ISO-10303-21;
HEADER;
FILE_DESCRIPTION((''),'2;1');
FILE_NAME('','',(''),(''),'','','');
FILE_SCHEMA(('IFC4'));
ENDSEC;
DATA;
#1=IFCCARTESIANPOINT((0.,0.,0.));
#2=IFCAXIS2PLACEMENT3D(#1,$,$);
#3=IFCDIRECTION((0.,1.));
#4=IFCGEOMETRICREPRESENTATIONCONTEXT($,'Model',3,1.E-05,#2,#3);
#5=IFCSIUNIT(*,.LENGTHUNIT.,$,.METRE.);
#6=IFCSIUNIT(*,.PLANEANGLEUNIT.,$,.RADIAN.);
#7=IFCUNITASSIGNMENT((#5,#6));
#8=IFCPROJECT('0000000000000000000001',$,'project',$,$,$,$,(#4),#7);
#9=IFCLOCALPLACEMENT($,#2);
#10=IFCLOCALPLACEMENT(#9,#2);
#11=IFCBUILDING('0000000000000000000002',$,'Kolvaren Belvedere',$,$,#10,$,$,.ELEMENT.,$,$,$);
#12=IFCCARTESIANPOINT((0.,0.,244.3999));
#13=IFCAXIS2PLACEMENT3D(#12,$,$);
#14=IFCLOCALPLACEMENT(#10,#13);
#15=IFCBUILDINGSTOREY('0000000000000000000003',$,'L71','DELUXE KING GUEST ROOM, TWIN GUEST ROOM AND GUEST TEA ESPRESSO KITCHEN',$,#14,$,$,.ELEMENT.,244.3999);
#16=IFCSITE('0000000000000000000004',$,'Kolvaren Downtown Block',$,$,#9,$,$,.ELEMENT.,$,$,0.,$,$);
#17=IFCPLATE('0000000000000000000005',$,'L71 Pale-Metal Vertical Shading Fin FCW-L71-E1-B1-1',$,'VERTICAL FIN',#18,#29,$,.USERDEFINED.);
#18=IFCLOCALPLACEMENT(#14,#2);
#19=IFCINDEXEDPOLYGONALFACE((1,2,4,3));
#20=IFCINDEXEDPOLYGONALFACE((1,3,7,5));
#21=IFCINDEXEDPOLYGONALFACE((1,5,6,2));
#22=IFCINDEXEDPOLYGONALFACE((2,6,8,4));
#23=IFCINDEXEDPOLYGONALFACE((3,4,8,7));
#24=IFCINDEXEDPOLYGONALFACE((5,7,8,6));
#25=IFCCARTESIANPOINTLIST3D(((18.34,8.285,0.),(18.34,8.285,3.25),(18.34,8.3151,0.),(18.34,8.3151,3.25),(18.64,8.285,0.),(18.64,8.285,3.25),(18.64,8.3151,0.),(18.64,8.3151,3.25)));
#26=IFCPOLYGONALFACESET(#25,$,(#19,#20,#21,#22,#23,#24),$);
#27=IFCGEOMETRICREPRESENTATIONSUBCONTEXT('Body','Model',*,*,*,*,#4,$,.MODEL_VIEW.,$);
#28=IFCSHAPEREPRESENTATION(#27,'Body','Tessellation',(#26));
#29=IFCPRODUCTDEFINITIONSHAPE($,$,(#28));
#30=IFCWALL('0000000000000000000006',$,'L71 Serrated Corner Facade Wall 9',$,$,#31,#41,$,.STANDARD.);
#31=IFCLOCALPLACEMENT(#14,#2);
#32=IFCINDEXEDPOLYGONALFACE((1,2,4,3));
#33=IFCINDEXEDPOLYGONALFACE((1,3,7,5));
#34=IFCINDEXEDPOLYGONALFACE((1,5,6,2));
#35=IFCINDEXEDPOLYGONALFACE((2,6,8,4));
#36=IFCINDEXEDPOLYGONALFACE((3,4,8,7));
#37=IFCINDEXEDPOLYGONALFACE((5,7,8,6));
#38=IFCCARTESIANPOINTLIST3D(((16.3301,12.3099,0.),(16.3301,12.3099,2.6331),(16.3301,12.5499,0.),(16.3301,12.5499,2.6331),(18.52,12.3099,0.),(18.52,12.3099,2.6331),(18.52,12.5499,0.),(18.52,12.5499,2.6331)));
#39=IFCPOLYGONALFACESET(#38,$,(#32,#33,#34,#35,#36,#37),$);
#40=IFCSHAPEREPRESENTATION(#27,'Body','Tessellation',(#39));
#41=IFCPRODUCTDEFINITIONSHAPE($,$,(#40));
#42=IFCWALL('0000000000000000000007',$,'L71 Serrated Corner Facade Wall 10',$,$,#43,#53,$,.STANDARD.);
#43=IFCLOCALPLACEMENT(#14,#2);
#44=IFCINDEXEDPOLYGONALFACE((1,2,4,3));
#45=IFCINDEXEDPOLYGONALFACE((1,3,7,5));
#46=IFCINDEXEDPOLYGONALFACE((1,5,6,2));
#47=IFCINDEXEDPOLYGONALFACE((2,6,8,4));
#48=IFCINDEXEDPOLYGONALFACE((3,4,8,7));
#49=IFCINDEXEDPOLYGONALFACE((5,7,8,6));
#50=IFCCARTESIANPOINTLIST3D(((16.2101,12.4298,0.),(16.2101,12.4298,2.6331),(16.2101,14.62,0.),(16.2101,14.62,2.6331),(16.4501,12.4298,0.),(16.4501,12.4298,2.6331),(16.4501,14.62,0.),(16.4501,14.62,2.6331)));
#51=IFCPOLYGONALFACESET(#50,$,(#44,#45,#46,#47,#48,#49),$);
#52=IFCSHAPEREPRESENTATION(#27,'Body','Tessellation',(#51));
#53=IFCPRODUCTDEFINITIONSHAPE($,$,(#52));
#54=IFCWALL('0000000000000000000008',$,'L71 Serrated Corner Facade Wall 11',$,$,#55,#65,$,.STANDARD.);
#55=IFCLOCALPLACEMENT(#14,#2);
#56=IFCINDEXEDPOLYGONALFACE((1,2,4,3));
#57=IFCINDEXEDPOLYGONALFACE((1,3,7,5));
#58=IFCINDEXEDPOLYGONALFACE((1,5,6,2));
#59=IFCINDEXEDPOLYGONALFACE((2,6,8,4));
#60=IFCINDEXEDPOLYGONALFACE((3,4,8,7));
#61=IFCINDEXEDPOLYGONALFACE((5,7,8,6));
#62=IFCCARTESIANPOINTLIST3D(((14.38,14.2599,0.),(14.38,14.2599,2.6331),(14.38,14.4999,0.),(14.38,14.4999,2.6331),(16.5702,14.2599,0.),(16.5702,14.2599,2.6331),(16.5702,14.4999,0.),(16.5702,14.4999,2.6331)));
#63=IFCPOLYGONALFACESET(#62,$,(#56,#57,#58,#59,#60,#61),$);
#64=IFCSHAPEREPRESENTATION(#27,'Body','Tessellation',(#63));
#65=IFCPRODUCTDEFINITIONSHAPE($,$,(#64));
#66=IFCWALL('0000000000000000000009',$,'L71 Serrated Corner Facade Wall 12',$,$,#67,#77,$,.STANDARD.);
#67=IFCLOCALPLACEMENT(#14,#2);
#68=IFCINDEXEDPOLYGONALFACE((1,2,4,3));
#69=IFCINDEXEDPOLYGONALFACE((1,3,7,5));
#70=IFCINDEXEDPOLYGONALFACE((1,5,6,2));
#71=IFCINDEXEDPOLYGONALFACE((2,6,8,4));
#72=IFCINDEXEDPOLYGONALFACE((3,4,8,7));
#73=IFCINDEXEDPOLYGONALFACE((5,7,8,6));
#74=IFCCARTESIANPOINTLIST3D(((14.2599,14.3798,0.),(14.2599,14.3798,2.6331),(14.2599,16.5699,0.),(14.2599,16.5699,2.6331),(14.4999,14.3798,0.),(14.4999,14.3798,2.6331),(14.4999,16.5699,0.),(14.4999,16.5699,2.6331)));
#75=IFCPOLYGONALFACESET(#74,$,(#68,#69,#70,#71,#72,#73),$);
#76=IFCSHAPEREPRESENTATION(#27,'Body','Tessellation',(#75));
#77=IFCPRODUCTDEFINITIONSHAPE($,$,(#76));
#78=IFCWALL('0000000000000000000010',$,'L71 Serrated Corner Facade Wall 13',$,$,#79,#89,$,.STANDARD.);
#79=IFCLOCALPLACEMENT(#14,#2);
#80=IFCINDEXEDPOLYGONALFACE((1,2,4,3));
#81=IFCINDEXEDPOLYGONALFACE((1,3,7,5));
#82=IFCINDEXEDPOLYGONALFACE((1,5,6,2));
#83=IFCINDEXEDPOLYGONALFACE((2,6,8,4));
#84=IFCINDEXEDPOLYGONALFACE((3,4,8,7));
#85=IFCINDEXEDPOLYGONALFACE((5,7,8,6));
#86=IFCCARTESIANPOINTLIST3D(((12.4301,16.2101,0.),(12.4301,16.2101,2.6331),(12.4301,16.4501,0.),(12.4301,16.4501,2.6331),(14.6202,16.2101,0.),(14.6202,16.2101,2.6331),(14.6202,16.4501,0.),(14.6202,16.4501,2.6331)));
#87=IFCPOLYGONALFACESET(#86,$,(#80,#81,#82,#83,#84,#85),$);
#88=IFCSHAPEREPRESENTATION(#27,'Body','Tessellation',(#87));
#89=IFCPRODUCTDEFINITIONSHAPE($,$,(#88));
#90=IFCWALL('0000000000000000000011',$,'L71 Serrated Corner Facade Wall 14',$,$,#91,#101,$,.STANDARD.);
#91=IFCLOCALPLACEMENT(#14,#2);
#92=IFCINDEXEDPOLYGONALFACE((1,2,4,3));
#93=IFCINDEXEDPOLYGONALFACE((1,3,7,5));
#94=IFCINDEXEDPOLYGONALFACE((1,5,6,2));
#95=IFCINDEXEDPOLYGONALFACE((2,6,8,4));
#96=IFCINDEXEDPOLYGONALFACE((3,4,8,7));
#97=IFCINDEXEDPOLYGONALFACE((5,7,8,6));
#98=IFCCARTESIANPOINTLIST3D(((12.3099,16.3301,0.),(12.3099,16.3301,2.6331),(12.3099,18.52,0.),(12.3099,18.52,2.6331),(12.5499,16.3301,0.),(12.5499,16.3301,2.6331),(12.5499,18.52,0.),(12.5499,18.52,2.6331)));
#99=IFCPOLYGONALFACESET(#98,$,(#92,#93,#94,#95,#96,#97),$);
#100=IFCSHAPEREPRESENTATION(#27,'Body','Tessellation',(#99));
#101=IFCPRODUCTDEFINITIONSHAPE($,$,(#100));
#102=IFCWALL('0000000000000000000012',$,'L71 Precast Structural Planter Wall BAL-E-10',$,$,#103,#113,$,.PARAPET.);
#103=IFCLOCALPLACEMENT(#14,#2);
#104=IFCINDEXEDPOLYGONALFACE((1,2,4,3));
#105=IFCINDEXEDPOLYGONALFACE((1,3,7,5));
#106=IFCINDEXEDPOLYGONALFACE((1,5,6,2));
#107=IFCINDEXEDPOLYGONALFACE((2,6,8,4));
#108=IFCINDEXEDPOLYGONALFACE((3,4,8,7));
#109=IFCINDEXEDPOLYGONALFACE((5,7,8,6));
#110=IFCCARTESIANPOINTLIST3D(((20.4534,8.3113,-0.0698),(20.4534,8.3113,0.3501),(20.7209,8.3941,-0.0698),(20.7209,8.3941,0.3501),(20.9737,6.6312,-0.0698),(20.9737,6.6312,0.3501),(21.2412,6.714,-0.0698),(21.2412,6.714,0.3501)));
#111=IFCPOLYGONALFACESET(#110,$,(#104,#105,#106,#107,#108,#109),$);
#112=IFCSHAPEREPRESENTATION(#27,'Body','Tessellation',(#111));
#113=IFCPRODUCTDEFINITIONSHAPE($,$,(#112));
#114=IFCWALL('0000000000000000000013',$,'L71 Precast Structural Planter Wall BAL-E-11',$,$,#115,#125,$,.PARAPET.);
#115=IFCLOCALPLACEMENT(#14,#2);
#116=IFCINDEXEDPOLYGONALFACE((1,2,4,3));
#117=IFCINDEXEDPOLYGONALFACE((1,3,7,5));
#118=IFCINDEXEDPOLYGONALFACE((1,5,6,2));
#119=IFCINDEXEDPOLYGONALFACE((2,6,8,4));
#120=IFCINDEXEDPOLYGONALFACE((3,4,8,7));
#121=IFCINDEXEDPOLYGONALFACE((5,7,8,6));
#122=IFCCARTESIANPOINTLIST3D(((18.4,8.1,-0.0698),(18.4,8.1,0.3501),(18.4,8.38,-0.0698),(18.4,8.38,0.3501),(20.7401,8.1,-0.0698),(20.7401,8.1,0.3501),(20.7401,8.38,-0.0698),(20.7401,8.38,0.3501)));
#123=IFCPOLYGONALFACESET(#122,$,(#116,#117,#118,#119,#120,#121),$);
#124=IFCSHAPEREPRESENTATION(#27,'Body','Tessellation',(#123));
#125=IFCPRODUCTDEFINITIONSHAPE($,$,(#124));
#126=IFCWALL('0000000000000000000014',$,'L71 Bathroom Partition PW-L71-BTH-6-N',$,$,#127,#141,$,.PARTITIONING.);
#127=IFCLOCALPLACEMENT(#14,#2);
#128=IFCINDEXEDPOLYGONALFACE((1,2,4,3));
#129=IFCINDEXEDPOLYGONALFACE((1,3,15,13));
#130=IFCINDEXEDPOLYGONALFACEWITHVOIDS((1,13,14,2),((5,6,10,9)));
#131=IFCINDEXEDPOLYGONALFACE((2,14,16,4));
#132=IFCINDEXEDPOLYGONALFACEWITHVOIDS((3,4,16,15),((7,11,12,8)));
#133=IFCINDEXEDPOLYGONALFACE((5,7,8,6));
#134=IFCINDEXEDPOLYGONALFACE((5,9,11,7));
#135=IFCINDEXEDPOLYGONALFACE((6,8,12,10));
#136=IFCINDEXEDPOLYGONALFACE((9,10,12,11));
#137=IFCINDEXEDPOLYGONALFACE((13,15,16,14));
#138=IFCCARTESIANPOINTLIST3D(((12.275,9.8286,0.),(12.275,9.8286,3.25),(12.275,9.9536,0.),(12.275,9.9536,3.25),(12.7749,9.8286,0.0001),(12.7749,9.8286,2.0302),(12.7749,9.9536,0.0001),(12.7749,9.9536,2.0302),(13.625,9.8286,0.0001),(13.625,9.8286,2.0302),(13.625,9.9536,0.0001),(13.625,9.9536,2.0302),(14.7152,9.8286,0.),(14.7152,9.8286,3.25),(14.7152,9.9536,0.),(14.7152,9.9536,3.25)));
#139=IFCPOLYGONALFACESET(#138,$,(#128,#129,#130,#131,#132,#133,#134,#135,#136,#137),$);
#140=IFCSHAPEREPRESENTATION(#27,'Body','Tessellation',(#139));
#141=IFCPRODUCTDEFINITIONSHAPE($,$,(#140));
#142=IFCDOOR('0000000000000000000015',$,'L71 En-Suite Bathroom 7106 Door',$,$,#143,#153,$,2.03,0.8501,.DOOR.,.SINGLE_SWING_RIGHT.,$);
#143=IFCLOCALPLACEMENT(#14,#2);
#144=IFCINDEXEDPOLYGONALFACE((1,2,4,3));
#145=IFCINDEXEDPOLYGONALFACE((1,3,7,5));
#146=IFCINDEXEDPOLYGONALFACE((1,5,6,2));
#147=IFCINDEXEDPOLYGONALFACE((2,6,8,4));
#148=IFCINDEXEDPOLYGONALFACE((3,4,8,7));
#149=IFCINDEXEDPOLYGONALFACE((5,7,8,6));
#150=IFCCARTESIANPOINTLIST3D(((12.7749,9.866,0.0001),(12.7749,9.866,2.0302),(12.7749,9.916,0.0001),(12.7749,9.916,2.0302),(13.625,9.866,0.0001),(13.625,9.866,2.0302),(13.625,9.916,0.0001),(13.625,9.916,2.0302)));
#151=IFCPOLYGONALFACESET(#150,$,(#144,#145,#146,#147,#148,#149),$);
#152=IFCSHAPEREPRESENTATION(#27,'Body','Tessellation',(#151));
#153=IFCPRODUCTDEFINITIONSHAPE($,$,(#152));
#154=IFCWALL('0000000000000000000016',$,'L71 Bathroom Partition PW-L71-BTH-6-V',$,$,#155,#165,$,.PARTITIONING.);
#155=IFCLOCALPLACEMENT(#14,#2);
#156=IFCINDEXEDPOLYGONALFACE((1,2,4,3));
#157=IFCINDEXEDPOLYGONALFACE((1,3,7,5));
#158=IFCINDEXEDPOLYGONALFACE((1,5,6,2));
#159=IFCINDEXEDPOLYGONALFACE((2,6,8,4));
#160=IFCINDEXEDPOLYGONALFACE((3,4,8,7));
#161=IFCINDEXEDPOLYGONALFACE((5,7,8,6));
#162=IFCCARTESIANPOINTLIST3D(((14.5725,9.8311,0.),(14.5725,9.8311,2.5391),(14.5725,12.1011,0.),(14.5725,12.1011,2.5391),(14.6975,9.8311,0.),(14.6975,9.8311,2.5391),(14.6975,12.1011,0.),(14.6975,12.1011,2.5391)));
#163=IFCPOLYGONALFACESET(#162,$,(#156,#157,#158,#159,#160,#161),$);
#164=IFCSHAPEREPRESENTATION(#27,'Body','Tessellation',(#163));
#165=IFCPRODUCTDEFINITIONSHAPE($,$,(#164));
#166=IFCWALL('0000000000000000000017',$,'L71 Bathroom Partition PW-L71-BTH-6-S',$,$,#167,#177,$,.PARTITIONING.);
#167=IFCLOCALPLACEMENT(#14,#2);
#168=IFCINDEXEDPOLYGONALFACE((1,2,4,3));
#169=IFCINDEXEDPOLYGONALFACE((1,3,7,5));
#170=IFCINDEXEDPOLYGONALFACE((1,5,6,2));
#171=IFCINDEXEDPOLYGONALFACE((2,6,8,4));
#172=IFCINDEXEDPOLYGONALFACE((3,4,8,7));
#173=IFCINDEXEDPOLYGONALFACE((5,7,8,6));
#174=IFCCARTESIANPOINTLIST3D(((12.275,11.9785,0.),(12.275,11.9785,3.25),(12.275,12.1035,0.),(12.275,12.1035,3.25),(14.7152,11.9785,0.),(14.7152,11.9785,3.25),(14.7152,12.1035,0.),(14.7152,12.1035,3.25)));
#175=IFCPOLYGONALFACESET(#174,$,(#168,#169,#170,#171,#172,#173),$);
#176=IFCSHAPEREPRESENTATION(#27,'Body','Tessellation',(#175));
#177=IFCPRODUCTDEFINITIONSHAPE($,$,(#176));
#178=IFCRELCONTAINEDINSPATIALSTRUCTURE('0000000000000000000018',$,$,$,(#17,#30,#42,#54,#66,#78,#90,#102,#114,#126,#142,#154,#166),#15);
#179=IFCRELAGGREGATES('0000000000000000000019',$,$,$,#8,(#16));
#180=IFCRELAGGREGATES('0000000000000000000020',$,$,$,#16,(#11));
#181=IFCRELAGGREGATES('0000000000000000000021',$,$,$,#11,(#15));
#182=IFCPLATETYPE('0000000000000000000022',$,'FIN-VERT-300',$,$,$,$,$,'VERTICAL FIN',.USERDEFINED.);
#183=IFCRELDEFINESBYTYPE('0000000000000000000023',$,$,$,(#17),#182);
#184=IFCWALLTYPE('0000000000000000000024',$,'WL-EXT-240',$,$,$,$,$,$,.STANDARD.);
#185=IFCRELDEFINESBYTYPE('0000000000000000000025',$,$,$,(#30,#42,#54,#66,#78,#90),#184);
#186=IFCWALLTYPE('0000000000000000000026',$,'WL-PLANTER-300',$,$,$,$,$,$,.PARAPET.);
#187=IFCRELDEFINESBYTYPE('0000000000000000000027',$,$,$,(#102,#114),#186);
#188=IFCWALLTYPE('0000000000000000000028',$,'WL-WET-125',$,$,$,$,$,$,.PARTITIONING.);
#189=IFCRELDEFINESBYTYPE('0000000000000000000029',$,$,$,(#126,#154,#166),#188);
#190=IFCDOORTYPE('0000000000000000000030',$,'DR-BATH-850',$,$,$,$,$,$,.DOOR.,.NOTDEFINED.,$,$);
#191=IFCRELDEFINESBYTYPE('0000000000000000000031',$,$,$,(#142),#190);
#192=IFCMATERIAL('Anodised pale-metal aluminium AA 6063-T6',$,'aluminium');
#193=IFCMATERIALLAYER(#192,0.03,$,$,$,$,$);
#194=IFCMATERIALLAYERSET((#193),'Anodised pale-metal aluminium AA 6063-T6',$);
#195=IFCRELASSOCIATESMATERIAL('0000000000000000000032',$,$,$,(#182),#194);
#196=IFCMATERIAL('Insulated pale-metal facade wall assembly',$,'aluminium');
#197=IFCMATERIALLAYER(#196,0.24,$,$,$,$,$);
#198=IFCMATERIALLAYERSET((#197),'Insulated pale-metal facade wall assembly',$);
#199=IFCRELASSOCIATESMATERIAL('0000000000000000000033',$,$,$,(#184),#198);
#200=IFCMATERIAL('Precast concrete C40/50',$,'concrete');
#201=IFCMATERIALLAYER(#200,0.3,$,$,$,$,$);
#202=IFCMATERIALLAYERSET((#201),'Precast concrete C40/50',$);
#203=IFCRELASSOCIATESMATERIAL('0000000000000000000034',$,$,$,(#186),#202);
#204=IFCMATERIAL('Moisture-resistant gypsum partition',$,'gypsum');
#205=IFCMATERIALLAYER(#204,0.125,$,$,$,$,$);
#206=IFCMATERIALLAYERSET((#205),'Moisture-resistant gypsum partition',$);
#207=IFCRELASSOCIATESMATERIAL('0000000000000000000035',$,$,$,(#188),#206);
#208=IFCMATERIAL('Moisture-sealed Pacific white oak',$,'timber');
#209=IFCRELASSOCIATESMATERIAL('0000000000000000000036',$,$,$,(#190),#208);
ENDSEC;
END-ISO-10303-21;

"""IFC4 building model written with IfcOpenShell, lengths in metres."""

from ifc_helpers import new_model, si_unit, direction, frame, frame_2d, origin, origin_2d, place, context, subcontext, project, spatial, rectangle, extrude, material, layer, layer_set, type_object, element, fill, save


model = new_model("IFC4")

# Units and contexts
model_context = context("Model", 3, precision=1e-05, world=origin(), true_north=direction((0.0, 1.0)))
body_context = subcontext(model_context, "Body", "Model", "MODEL_VIEW")
ifc_project = project(units=[si_unit("LENGTHUNIT", "METRE"), si_unit("PLANEANGLEUNIT", "RADIAN")], contexts=[model_context])

# Site, building, storey
site_placement = place(None, origin())
site = spatial("IfcSite", under=ifc_project, at=site_placement, Name="Kolvaren Downtown Block", CompositionType="ELEMENT", RefElevation=0.0)
building_placement = place(site_placement, origin())
building = spatial("IfcBuilding", under=site, at=building_placement, Name="Kolvaren Belvedere", CompositionType="ELEMENT")
storey_placement = place(building_placement, frame((0.0, 0.0, 244.3999)))
storey = spatial("IfcBuildingStorey", under=building, at=storey_placement, Name="L71", Description="DELUXE KING GUEST ROOM, TWIN GUEST ROOM AND GUEST TEA ESPRESSO KITCHEN", CompositionType="ELEMENT", Elevation=244.3999)

# Plate
ifc_material_1 = material(Name="Anodised pale-metal aluminium AA 6063-T6", Category="aluminium")
ifc_layer_1 = layer(ifc_material_1, 0.03)
ifc_layer_set_1 = layer_set([ifc_layer_1], Name="Anodised pale-metal aluminium AA 6063-T6")
plate_type_1 = type_object("IfcPlateType", Name="FIN-VERT-300", ElementType="VERTICAL FIN", PredefinedType="USERDEFINED", material=ifc_layer_set_1)
plate_1_placement = place(storey_placement, frame((18.49, 8.3, 0.0), z_axis=(0.0, 0.0, 1.0), x_axis=(1.0, 0.0, 0.0)))
element("IfcPlate", 1, at=plate_1_placement, inside=storey, type_object=plate_type_1, Name="L71 Pale-Metal Vertical Shading Fin FCW-L71-E1-B1-1", ObjectType="VERTICAL FIN", PredefinedType="USERDEFINED", context=body_context, shape_type="SweptSolid", body=[
    extrude(rectangle(XDim=0.3, YDim=0.03, at=origin_2d()), origin(), (0.0, 0.0, 1.0), 3.25),
])

# Walls
ifc_material_2 = material(Name="Insulated pale-metal facade wall assembly", Category="aluminium")
ifc_layer_2 = layer(ifc_material_2, 0.24)
ifc_layer_set_2 = layer_set([ifc_layer_2], Name="Insulated pale-metal facade wall assembly")
wall_type_1 = type_object("IfcWallType", Name="WL-EXT-240", PredefinedType="STANDARD", material=ifc_layer_set_2)
wall_1_placement = place(storey_placement, frame((16.3301, 12.4299, 0.0), z_axis=(0.0, 0.0, 1.0), x_axis=(1.0, 0.0, 0.0)))
element("IfcWall", 2, at=wall_1_placement, inside=storey, type_object=wall_type_1, Name="L71 Serrated Corner Facade Wall 9", PredefinedType="STANDARD", context=body_context, shape_type="SweptSolid", body=[
    extrude(rectangle(XDim=2.1899, YDim=0.24, at=frame_2d((1.095, 0.0))), origin(), (0.0, 0.0, 1.0), 2.6331),
])
for number, where, z_axis, x_axis, name in (
    (3, (16.3301, 14.6201, 0.0), (0.0, 0.0, 1.0), (0.0, -1.0, 0.0), "L71 Serrated Corner Facade Wall 10"),
    (4, (14.3799, 14.3799, 0.0), (0.0, 0.0, 1.0), (1.0, 0.0, 0.0), "L71 Serrated Corner Facade Wall 11"),
    (5, (14.3799, 16.5701, 0.0), (0.0, 0.0, 1.0), (0.0, -1.0, 0.0), "L71 Serrated Corner Facade Wall 12"),
    (6, (12.4299, 16.3301, 0.0), (0.0, 0.0, 1.0), (1.0, 0.0, 0.0), "L71 Serrated Corner Facade Wall 13"),
):
    element("IfcWall", number, at=place(storey_placement, frame(where, z_axis=z_axis, x_axis=x_axis)), inside=storey, type_object=wall_type_1, Name=name, PredefinedType="STANDARD", context=body_context, shape_type="SweptSolid", body=[
        extrude(rectangle(XDim=2.1902, YDim=0.24, at=frame_2d((1.0952, 0.0))), origin(), (0.0, 0.0, 1.0), 2.6331),
    ])
wall_2_placement = place(storey_placement, frame((12.4299, 18.52, 0.0), z_axis=(0.0, 0.0, 1.0), x_axis=(0.0, -1.0, 0.0)))
element("IfcWall", 7, at=wall_2_placement, inside=storey, type_object=wall_type_1, Name="L71 Serrated Corner Facade Wall 14", PredefinedType="STANDARD", context=body_context, shape_type="SweptSolid", body=[
    extrude(rectangle(XDim=2.1899, YDim=0.24, at=frame_2d((1.095, 0.0))), origin(), (0.0, 0.0, 1.0), 2.6331),
])
ifc_material_3 = material(Name="Precast concrete C40/50", Category="concrete")
ifc_layer_3 = layer(ifc_material_3, 0.3)
ifc_layer_set_3 = layer_set([ifc_layer_3], Name="Precast concrete C40/50")
wall_type_2 = type_object("IfcWallType", Name="WL-PLANTER-300", PredefinedType="PARAPET", material=ifc_layer_set_3)
wall_3_placement = place(storey_placement, frame((21.1074, 6.6726, -0.0698), z_axis=(0.0, 0.0, 1.0), x_axis=(-0.295792, 0.955252, 0.0)))
element("IfcWall", 8, at=wall_3_placement, inside=storey, type_object=wall_type_2, Name="L71 Precast Structural Planter Wall BAL-E-10", PredefinedType="PARAPET", context=body_context, shape_type="SweptSolid", body=[
    extrude(rectangle(XDim=1.7588, YDim=0.28, at=frame_2d((0.8794, 0.0))), origin(), (0.0, 0.0, 1.0), 0.4199),
])
wall_4_placement = place(storey_placement, frame((20.74, 8.24, -0.0698), z_axis=(0.0, 0.0, 1.0), x_axis=(-1.0, 0.0, 0.0)))
element("IfcWall", 9, at=wall_4_placement, inside=storey, type_object=wall_type_2, Name="L71 Precast Structural Planter Wall BAL-E-11", PredefinedType="PARAPET", context=body_context, shape_type="SweptSolid", body=[
    extrude(rectangle(XDim=2.3401, YDim=0.28, at=frame_2d((1.1699, 0.0))), origin(), (0.0, 0.0, 1.0), 0.4199),
])

# Wall, opening, door
ifc_material_4 = material(Name="Moisture-resistant gypsum partition", Category="gypsum")
ifc_layer_4 = layer(ifc_material_4, 0.125)
ifc_layer_set_4 = layer_set([ifc_layer_4], Name="Moisture-resistant gypsum partition")
wall_type_3 = type_object("IfcWallType", Name="WL-WET-125", PredefinedType="PARTITIONING", material=ifc_layer_set_4)
wall_5_placement = place(storey_placement, frame((12.2749, 9.8911, 0.0), z_axis=(0.0, 0.0, 1.0), x_axis=(1.0, 0.0, 0.0)))
wall_5 = element("IfcWall", 10, at=wall_5_placement, inside=storey, type_object=wall_type_3, Name="L71 Bathroom Partition PW-L71-BTH-6-N", PredefinedType="PARTITIONING", context=body_context, shape_type="SweptSolid", body=[
    extrude(rectangle(XDim=2.4402, YDim=0.125, at=frame_2d((1.2202, 0.0))), origin(), (0.0, 0.0, 1.0), 3.25),
])
opening_placement = place(wall_5_placement, frame((0.5, 0.0, 0.0)))
opening = element("IfcOpeningElement", 11, at=opening_placement, cuts=wall_5, PredefinedType="OPENING", context=body_context, shape_type="SweptSolid", body=[
    extrude(rectangle(XDim=0.8501, YDim=2.03, at=frame_2d((0.425, 1.0151))), frame((0.0, 0.0725, 0.0), z_axis=(0.0, -1.0, 0.0), x_axis=(1.0, 0.0, 0.0)), (0.0, 0.0, 1.0), 0.145),
])
ifc_material_5 = material(Name="Moisture-sealed Pacific white oak", Category="timber")
door_type = type_object("IfcDoorType", Name="DR-BATH-850", OperationType="NOTDEFINED", PredefinedType="DOOR", material=ifc_material_5)
door_placement = place(opening_placement, origin())
door = element("IfcDoor", 12, at=door_placement, inside=storey, type_object=door_type, Name="L71 En-Suite Bathroom 7106 Door", OperationType="SINGLE_SWING_RIGHT", OverallHeight=2.03, OverallWidth=0.8501, PredefinedType="DOOR", context=body_context, shape_type="SweptSolid", body=[
    extrude(rectangle(XDim=0.8501, YDim=2.03, at=frame_2d((0.425, 1.0151))), frame((0.0, 0.0249, 0.0), z_axis=(0.0, -1.0, 0.0), x_axis=(1.0, 0.0, 0.0)), (0.0, 0.0, 1.0), 0.05),
])
fill(opening, door)

# Walls
wall_6_placement = place(storey_placement, frame((14.635, 9.8311, 0.0), z_axis=(0.0, 0.0, 1.0), x_axis=(0.0, 1.0, 0.0)))
element("IfcWall", 13, at=wall_6_placement, inside=storey, type_object=wall_type_3, Name="L71 Bathroom Partition PW-L71-BTH-6-V", PredefinedType="PARTITIONING", context=body_context, shape_type="SweptSolid", body=[
    extrude(rectangle(XDim=2.27, YDim=0.125, at=frame_2d((1.135, 0.0))), origin(), (0.0, 0.0, 1.0), 2.5391),
])
wall_7_placement = place(storey_placement, frame((12.2749, 12.041, 0.0), z_axis=(0.0, 0.0, 1.0), x_axis=(1.0, 0.0, 0.0)))
element("IfcWall", 14, at=wall_7_placement, inside=storey, type_object=wall_type_3, Name="L71 Bathroom Partition PW-L71-BTH-6-S", PredefinedType="PARTITIONING", context=body_context, shape_type="SweptSolid", body=[
    extrude(rectangle(XDim=2.4402, YDim=0.125, at=frame_2d((1.2202, 0.0))), origin(), (0.0, 0.0, 1.0), 3.25),
])

save(model, "model.ifc")
